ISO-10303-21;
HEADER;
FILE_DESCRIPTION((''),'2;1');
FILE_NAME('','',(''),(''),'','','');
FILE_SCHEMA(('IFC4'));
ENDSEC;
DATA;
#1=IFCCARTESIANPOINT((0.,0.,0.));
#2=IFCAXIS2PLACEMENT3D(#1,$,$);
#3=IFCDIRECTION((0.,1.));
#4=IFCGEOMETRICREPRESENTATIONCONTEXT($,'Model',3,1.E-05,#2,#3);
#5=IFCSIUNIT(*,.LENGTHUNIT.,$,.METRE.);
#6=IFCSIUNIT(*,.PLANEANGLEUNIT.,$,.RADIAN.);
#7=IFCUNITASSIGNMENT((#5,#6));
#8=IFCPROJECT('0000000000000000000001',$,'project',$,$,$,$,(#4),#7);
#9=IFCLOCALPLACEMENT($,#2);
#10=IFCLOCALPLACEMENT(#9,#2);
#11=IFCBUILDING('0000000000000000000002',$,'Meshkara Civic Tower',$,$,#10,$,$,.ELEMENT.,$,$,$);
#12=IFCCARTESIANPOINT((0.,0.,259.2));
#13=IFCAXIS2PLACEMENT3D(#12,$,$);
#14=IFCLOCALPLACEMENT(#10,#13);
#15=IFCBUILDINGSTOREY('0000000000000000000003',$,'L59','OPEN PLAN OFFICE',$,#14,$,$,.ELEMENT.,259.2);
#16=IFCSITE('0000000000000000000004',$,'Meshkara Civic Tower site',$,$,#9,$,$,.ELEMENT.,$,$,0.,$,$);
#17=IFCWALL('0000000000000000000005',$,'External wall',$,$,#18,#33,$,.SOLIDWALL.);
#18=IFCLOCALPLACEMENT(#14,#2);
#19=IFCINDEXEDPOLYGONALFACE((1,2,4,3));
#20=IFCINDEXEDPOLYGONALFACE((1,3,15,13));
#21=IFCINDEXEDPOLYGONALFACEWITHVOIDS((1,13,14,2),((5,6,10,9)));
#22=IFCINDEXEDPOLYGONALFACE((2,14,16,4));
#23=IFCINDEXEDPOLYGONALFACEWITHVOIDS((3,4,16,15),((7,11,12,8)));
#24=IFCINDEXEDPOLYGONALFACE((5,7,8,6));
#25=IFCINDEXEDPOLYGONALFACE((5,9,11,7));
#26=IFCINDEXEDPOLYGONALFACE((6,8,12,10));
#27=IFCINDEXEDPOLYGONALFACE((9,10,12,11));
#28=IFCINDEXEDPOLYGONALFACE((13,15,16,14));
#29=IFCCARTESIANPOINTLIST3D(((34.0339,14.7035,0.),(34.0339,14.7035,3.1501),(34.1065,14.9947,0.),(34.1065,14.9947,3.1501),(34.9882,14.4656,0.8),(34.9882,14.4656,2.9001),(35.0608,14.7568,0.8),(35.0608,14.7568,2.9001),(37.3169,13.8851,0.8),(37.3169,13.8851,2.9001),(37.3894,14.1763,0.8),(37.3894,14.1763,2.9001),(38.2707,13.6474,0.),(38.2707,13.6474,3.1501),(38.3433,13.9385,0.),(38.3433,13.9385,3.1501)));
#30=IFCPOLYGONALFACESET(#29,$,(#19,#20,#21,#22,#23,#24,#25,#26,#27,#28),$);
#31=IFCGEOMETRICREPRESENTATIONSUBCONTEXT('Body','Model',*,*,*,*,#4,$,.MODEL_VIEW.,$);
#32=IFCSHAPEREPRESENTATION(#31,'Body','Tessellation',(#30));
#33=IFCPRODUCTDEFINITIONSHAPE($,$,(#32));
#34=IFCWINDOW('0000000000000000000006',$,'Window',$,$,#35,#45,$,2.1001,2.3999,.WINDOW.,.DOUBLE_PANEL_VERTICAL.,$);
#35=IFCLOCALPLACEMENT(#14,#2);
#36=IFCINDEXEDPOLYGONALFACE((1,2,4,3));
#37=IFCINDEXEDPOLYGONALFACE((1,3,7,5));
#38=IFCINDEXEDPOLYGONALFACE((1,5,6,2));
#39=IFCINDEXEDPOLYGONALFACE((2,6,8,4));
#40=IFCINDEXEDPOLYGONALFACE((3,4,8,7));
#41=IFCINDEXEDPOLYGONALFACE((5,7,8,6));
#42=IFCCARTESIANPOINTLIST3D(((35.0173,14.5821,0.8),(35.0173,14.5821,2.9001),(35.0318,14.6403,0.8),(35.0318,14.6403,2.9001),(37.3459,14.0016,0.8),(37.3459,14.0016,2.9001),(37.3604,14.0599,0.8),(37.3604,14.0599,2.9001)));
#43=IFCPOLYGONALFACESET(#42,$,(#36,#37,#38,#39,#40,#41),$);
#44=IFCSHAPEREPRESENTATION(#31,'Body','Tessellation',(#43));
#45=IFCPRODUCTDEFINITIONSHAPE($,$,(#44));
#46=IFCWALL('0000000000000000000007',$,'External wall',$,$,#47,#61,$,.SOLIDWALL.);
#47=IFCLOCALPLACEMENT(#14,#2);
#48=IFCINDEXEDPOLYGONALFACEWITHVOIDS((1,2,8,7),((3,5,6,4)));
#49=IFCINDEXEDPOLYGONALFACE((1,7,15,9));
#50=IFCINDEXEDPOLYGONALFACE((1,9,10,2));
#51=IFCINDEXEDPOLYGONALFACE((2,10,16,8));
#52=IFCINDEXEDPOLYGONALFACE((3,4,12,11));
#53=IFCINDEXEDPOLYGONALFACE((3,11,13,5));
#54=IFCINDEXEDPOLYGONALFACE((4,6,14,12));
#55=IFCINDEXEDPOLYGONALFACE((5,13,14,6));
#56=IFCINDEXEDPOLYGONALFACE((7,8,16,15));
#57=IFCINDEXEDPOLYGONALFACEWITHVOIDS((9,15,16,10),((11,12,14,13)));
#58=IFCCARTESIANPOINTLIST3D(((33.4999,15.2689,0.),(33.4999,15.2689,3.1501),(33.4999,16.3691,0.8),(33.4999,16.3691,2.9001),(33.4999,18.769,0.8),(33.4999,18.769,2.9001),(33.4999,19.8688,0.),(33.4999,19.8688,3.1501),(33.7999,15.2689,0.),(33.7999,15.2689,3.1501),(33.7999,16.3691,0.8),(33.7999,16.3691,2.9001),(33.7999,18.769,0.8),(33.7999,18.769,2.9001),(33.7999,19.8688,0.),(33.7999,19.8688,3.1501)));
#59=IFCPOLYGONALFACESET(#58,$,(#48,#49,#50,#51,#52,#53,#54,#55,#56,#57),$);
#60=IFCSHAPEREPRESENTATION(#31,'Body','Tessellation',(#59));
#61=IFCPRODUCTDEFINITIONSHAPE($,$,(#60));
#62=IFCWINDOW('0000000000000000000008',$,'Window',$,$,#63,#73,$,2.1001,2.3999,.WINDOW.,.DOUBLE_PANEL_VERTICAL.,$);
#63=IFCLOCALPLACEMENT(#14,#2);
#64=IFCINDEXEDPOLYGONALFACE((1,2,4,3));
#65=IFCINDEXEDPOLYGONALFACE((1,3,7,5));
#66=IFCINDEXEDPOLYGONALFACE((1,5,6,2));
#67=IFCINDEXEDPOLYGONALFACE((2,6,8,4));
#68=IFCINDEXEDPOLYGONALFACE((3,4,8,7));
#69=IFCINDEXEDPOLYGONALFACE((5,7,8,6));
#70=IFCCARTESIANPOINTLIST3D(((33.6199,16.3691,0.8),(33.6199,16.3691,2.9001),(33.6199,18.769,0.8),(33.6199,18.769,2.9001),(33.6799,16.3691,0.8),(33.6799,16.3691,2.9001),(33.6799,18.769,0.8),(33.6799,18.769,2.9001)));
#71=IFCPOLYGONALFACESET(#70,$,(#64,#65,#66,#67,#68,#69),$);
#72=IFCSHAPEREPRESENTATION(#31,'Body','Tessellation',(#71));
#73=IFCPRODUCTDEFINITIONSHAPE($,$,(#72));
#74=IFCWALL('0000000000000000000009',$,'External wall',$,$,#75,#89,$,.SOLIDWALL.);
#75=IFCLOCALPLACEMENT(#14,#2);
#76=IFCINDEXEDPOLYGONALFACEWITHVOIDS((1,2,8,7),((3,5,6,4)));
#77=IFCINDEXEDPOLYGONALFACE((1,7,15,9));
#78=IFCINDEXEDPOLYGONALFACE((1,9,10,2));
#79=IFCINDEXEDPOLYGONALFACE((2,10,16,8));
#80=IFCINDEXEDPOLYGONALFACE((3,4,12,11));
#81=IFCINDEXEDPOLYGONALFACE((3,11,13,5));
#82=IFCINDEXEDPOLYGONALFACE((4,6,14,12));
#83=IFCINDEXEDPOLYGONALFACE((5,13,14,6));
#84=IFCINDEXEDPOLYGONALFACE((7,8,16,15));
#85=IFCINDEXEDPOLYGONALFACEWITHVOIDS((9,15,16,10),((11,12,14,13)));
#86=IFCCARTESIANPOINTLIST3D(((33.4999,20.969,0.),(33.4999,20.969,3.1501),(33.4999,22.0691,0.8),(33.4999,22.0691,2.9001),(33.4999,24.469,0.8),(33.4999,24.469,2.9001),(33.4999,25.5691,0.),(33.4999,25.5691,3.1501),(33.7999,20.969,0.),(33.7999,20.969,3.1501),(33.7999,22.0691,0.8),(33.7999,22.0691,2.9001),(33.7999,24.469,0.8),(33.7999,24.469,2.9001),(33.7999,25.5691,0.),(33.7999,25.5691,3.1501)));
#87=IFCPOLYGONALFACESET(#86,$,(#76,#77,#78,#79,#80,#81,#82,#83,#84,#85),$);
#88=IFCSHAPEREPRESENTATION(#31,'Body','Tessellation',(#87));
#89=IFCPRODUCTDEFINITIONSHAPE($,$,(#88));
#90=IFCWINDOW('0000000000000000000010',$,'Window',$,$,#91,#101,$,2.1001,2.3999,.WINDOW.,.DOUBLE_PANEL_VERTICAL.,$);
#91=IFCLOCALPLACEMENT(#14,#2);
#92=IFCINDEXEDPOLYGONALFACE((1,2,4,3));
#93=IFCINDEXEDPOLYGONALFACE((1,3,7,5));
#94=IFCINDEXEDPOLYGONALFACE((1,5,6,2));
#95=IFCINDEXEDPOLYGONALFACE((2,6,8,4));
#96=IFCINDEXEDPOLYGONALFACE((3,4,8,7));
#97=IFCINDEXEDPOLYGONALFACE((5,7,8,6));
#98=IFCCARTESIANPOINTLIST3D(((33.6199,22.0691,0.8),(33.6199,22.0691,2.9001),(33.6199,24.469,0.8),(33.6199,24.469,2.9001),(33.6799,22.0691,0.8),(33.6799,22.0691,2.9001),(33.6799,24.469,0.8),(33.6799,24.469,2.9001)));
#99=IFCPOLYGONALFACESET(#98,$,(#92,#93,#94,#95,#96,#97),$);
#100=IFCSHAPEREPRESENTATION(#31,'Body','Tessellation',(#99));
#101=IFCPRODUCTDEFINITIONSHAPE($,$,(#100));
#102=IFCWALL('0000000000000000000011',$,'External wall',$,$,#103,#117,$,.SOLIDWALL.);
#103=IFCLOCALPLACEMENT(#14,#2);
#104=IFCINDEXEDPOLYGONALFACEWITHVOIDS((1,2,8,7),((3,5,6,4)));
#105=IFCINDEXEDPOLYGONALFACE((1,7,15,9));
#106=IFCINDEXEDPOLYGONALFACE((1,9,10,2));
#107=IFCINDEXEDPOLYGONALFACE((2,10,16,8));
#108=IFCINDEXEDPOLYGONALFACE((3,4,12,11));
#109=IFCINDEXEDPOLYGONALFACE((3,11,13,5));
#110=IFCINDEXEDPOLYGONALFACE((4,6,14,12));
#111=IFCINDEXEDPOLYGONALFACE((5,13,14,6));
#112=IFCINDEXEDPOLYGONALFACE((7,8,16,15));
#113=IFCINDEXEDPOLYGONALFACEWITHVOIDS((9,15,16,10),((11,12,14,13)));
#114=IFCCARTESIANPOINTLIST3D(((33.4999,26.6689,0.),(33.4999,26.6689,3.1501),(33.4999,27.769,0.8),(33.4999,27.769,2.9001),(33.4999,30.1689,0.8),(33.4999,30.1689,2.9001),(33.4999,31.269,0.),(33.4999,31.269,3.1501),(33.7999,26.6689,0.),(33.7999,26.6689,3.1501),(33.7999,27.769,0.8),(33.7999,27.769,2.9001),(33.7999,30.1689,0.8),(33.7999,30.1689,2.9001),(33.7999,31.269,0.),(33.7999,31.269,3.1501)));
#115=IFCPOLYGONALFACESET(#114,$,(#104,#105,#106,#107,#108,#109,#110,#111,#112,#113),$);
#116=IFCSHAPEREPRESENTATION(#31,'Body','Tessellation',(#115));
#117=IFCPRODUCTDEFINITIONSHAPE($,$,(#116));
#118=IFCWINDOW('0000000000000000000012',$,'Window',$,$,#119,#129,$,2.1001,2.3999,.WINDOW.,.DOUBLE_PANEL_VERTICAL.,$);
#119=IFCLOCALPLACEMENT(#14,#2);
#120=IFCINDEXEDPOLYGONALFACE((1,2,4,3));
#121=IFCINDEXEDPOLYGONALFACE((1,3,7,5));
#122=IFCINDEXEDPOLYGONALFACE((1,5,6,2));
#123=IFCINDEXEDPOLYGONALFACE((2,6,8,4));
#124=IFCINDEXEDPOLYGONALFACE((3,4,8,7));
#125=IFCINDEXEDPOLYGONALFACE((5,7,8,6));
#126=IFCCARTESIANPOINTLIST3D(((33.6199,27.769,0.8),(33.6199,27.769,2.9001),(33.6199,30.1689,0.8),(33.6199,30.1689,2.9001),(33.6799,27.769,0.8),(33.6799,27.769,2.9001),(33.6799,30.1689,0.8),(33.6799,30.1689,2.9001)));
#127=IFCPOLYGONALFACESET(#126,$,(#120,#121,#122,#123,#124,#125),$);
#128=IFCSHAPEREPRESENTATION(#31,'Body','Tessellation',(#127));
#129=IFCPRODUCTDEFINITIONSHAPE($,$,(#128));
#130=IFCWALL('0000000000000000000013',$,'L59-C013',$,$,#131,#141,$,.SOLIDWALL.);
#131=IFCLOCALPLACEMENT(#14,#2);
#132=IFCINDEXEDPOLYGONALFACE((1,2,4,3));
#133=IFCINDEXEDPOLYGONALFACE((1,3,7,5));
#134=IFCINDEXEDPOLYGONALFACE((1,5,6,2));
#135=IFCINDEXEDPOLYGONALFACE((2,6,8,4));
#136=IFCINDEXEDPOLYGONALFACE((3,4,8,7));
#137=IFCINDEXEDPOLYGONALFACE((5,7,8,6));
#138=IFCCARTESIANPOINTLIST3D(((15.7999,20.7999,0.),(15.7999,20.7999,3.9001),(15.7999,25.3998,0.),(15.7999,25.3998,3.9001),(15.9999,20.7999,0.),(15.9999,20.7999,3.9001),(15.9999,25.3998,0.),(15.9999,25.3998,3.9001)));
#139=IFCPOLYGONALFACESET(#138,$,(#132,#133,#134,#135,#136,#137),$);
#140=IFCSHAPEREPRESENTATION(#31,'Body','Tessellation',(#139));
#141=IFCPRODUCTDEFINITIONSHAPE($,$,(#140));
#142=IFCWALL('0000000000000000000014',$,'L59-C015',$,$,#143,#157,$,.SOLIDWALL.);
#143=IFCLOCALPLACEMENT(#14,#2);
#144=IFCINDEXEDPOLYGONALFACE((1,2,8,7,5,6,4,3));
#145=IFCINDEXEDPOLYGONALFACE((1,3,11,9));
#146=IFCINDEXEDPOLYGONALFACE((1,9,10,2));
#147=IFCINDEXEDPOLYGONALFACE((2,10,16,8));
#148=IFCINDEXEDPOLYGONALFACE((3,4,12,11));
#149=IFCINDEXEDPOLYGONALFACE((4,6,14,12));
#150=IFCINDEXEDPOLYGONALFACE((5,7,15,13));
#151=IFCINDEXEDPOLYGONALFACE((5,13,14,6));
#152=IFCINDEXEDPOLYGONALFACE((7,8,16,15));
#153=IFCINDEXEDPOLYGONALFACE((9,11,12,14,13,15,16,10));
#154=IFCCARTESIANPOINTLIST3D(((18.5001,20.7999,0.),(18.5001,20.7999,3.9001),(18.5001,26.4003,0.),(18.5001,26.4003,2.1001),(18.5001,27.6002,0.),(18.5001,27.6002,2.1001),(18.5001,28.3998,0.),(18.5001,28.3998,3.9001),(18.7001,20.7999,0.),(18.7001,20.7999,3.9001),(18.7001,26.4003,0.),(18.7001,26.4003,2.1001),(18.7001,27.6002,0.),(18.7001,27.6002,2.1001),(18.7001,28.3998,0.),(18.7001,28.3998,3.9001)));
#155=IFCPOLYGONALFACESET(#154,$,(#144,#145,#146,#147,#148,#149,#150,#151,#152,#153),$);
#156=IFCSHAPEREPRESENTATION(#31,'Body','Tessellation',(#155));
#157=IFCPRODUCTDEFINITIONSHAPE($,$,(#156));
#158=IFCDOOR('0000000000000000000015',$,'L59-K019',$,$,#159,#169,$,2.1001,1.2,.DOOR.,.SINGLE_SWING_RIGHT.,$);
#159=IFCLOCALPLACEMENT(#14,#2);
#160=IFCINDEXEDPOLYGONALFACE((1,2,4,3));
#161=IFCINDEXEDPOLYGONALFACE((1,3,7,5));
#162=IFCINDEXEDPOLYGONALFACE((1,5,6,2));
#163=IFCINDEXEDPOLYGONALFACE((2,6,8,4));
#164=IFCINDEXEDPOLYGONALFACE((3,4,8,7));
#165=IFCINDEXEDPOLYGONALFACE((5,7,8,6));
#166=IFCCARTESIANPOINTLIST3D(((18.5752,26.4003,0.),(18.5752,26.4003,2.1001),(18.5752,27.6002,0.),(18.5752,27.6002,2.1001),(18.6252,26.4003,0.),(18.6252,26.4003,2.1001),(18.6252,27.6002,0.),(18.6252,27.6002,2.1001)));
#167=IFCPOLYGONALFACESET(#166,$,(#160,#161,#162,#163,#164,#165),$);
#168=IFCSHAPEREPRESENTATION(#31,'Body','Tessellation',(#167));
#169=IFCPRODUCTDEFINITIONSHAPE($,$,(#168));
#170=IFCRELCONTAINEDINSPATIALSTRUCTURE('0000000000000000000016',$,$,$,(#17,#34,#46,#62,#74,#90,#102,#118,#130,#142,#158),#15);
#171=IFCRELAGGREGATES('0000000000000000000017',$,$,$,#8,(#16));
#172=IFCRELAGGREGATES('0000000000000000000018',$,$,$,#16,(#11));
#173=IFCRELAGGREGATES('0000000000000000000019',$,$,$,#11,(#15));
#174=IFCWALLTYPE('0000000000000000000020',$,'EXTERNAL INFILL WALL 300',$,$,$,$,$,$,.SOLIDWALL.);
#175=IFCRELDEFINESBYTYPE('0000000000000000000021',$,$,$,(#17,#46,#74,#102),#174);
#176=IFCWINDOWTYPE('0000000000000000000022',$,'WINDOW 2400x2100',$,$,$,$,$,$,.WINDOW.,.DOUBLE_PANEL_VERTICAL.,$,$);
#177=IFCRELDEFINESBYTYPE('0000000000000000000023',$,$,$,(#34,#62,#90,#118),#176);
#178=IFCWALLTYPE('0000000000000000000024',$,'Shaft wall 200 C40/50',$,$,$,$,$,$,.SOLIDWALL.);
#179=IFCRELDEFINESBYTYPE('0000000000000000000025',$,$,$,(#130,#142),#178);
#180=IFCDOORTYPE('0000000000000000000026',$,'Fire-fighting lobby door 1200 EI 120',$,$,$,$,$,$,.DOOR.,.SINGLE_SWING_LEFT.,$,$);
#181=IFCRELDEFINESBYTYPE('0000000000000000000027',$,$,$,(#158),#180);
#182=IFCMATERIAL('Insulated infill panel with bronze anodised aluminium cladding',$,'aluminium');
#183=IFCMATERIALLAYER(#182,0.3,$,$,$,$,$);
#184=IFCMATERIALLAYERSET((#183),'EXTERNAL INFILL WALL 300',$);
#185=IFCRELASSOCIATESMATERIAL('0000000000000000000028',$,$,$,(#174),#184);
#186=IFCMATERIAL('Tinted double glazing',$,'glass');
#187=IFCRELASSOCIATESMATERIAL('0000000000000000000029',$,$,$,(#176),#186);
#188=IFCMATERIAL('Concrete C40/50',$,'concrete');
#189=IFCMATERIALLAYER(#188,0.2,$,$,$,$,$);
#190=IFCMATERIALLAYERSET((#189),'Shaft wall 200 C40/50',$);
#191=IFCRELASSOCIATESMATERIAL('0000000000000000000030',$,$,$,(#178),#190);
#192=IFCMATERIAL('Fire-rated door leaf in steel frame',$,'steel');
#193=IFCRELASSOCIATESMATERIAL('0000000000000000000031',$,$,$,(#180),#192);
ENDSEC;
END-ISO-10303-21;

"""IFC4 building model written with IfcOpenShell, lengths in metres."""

from ifc_helpers import new_model, si_unit, direction, frame, frame_2d, origin, place, context, subcontext, project, spatial, rectangle, extrude, material, layer, layer_set, type_object, element, fill, save


model = new_model("IFC4")

# Units and contexts
model_context = context("Model", 3, precision=1e-05, world=origin(), true_north=direction((0.0, 1.0)))
body_context = subcontext(model_context, "Body", "Model", "MODEL_VIEW")
ifc_project = project(units=[si_unit("LENGTHUNIT", "METRE"), si_unit("PLANEANGLEUNIT", "RADIAN")], contexts=[model_context])

# Site, building, storey
site_placement = place(None, origin())
site = spatial("IfcSite", under=ifc_project, at=site_placement, Name="Meshkara Civic Tower site", CompositionType="ELEMENT", RefElevation=0.0)
building_placement = place(site_placement, origin())
building = spatial("IfcBuilding", under=site, at=building_placement, Name="Meshkara Civic Tower", CompositionType="ELEMENT")
storey_placement = place(building_placement, frame((0.0, 0.0, 259.2)))
storey = spatial("IfcBuildingStorey", under=building, at=storey_placement, Name="L59", Description="OPEN PLAN OFFICE", CompositionType="ELEMENT", Elevation=259.2)

# Walls, openings, windows
ifc_material_1 = material(Name="Insulated infill panel with bronze anodised aluminium cladding", Category="aluminium")
ifc_layer_1 = layer(ifc_material_1, 0.3)
ifc_layer_set_1 = layer_set([ifc_layer_1], Name="EXTERNAL INFILL WALL 300")
wall_type_1 = type_object("IfcWallType", Name="EXTERNAL INFILL WALL 300", PredefinedType="SOLIDWALL", material=ifc_layer_set_1)
wall_1_placement = place(storey_placement, frame((38.3069, 13.793, 0.0), z_axis=(0.0, 0.0, 1.0), x_axis=(-0.970307, 0.241878, 0.0)))
wall_1 = element("IfcWall", 1, at=wall_1_placement, inside=storey, type_object=wall_type_1, Name="External wall", PredefinedType="SOLIDWALL", context=body_context, shape_type="SweptSolid", body=[
    extrude(rectangle(XDim=4.3665, YDim=0.3, at=frame_2d((2.1831, 0.0))), origin(), (0.0, 0.0, 1.0), 3.1501),
])
opening_1_placement = place(wall_1_placement, frame((0.9829, 0.0, 0.8)))
opening_1 = element("IfcOpeningElement", 2, at=opening_1_placement, cuts=wall_1, PredefinedType="OPENING", context=body_context, shape_type="SweptSolid", body=[
    extrude(rectangle(XDim=2.3999, YDim=2.1001, at=frame_2d((1.2, 1.05))), frame((0.0, 0.1599, 0.0), z_axis=(0.0, -1.0, 0.0), x_axis=(1.0, 0.0, 0.0)), (0.0, 0.0, 1.0), 0.3201),
])
ifc_material_2 = material(Name="Tinted double glazing", Category="glass")
window_type = type_object("IfcWindowType", Name="WINDOW 2400x2100", PartitioningType="DOUBLE_PANEL_VERTICAL", PredefinedType="WINDOW", material=ifc_material_2)
window_1_placement = place(opening_1_placement, origin())
window_1 = element("IfcWindow", 3, at=window_1_placement, inside=storey, type_object=window_type, Name="Window", OverallHeight=2.1001, OverallWidth=2.3999, PartitioningType="DOUBLE_PANEL_VERTICAL", PredefinedType="WINDOW", context=body_context, shape_type="SweptSolid", body=[
    extrude(rectangle(XDim=2.3999, YDim=2.1001, at=frame_2d((1.2, 1.05))), frame((0.0, 0.03, 0.0), z_axis=(0.0, -1.0, 0.0), x_axis=(1.0, 0.0, 0.0)), (0.0, 0.0, 1.0), 0.0601),
])
fill(opening_1, window_1)
wall_2_placement = place(storey_placement, frame((33.6499, 15.269, 0.0), z_axis=(0.0, 0.0, 1.0), x_axis=(0.0, 1.0, 0.0)))
wall_2 = element("IfcWall", 4, at=wall_2_placement, inside=storey, type_object=wall_type_1, Name="External wall", PredefinedType="SOLIDWALL", context=body_context, shape_type="SweptSolid", body=[
    extrude(rectangle(XDim=4.5999, YDim=0.3, at=frame_2d((2.2998, 0.0))), origin(), (0.0, 0.0, 1.0), 3.1501),
])
opening_2_placement = place(wall_2_placement, frame((1.1001, 0.0, 0.8)))
opening_2 = element("IfcOpeningElement", 5, at=opening_2_placement, cuts=wall_2, PredefinedType="OPENING", context=body_context, shape_type="SweptSolid", body=[
    extrude(rectangle(XDim=2.3999, YDim=2.1001, at=frame_2d((1.2, 1.05))), frame((0.0, 0.1599, 0.0), z_axis=(0.0, -1.0, 0.0), x_axis=(1.0, 0.0, 0.0)), (0.0, 0.0, 1.0), 0.3201),
])
window_2_placement = place(opening_2_placement, origin())
window_2 = element("IfcWindow", 6, at=window_2_placement, inside=storey, type_object=window_type, Name="Window", OverallHeight=2.1001, OverallWidth=2.3999, PartitioningType="DOUBLE_PANEL_VERTICAL", PredefinedType="WINDOW", context=body_context, shape_type="SweptSolid", body=[
    extrude(rectangle(XDim=2.3999, YDim=2.1001, at=frame_2d((1.2, 1.05))), frame((0.0, 0.03, 0.0), z_axis=(0.0, -1.0, 0.0), x_axis=(1.0, 0.0, 0.0)), (0.0, 0.0, 1.0), 0.0601),
])
fill(opening_2, window_2)
wall_3_placement = place(storey_placement, frame((33.6499, 20.969, 0.0), z_axis=(0.0, 0.0, 1.0), x_axis=(0.0, 1.0, 0.0)))
wall_3 = element("IfcWall", 7, at=wall_3_placement, inside=storey, type_object=wall_type_1, Name="External wall", PredefinedType="SOLIDWALL", context=body_context, shape_type="SweptSolid", body=[
    extrude(rectangle(XDim=4.6001, YDim=0.3, at=frame_2d((2.3, 0.0))), origin(), (0.0, 0.0, 1.0), 3.1501),
])
opening_3_placement = place(wall_3_placement, frame((1.1001, 0.0, 0.8)))
opening_3 = element("IfcOpeningElement", 8, at=opening_3_placement, cuts=wall_3, PredefinedType="OPENING", context=body_context, shape_type="SweptSolid", body=[
    extrude(rectangle(XDim=2.3999, YDim=2.1001, at=frame_2d((1.2, 1.05))), frame((0.0, 0.1599, 0.0), z_axis=(0.0, -1.0, 0.0), x_axis=(1.0, 0.0, 0.0)), (0.0, 0.0, 1.0), 0.3201),
])
window_3_placement = place(opening_3_placement, origin())
window_3 = element("IfcWindow", 9, at=window_3_placement, inside=storey, type_object=window_type, Name="Window", OverallHeight=2.1001, OverallWidth=2.3999, PartitioningType="DOUBLE_PANEL_VERTICAL", PredefinedType="WINDOW", context=body_context, shape_type="SweptSolid", body=[
    extrude(rectangle(XDim=2.3999, YDim=2.1001, at=frame_2d((1.2, 1.05))), frame((0.0, 0.03, 0.0), z_axis=(0.0, -1.0, 0.0), x_axis=(1.0, 0.0, 0.0)), (0.0, 0.0, 1.0), 0.0601),
])
fill(opening_3, window_3)
wall_4_placement = place(storey_placement, frame((33.6499, 26.6689, 0.0), z_axis=(0.0, 0.0, 1.0), x_axis=(0.0, 1.0, 0.0)))
wall_4 = element("IfcWall", 10, at=wall_4_placement, inside=storey, type_object=wall_type_1, Name="External wall", PredefinedType="SOLIDWALL", context=body_context, shape_type="SweptSolid", body=[
    extrude(rectangle(XDim=4.6001, YDim=0.3, at=frame_2d((2.3, 0.0))), origin(), (0.0, 0.0, 1.0), 3.1501),
])
opening_4_placement = place(wall_4_placement, frame((1.1001, 0.0, 0.8)))
opening_4 = element("IfcOpeningElement", 11, at=opening_4_placement, cuts=wall_4, PredefinedType="OPENING", context=body_context, shape_type="SweptSolid", body=[
    extrude(rectangle(XDim=2.3999, YDim=2.1001, at=frame_2d((1.2, 1.05))), frame((0.0, 0.1599, 0.0), z_axis=(0.0, -1.0, 0.0), x_axis=(1.0, 0.0, 0.0)), (0.0, 0.0, 1.0), 0.3201),
])
window_4_placement = place(opening_4_placement, origin())
window_4 = element("IfcWindow", 12, at=window_4_placement, inside=storey, type_object=window_type, Name="Window", OverallHeight=2.1001, OverallWidth=2.3999, PartitioningType="DOUBLE_PANEL_VERTICAL", PredefinedType="WINDOW", context=body_context, shape_type="SweptSolid", body=[
    extrude(rectangle(XDim=2.3999, YDim=2.1001, at=frame_2d((1.2, 1.05))), frame((0.0, 0.03, 0.0), z_axis=(0.0, -1.0, 0.0), x_axis=(1.0, 0.0, 0.0)), (0.0, 0.0, 1.0), 0.0601),
])
fill(opening_4, window_4)

# Wall
ifc_material_3 = material(Name="Concrete C40/50", Category="concrete")
ifc_layer_2 = layer(ifc_material_3, 0.2)
ifc_layer_set_2 = layer_set([ifc_layer_2], Name="Shaft wall 200 C40/50")
wall_type_2 = type_object("IfcWallType", Name="Shaft wall 200 C40/50", PredefinedType="SOLIDWALL", material=ifc_layer_set_2)
wall_5_placement = place(storey_placement, frame((15.8999, 20.8, 0.0), z_axis=(0.0, 0.0, 1.0), x_axis=(0.0, 1.0, 0.0)))
element("IfcWall", 13, at=wall_5_placement, inside=storey, type_object=wall_type_2, Name="L59-C013", PredefinedType="SOLIDWALL", context=body_context, shape_type="SweptSolid", body=[
    extrude(rectangle(XDim=4.5999, YDim=0.2, at=frame_2d((2.2998, 0.0))), origin(), (0.0, 0.0, 1.0), 3.9001),
])

# Wall, opening, door
wall_6_placement = place(storey_placement, frame((18.6001, 20.8, 0.0), z_axis=(0.0, 0.0, 1.0), x_axis=(0.0, 1.0, 0.0)))
wall_6 = element("IfcWall", 14, at=wall_6_placement, inside=storey, type_object=wall_type_2, Name="L59-C015", PredefinedType="SOLIDWALL", context=body_context, shape_type="SweptSolid", body=[
    extrude(rectangle(XDim=7.5999, YDim=0.2, at=frame_2d((3.7998, 0.0))), origin(), (0.0, 0.0, 1.0), 3.9001),
])
opening_5_placement = place(wall_6_placement, frame((5.6001, 0.0, 0.0)))
opening_5 = element("IfcOpeningElement", 15, at=opening_5_placement, cuts=wall_6, PredefinedType="OPENING", context=body_context, shape_type="SweptSolid", body=[
    extrude(rectangle(XDim=1.2, YDim=2.1001, at=frame_2d((0.6001, 1.05))), frame((0.0, 0.1099, 0.0), z_axis=(0.0, -1.0, 0.0), x_axis=(1.0, 0.0, 0.0)), (0.0, 0.0, 1.0), 0.22),
])
ifc_material_4 = material(Name="Fire-rated door leaf in steel frame", Category="steel")
door_type_1 = type_object("IfcDoorType", Name="Fire-fighting lobby door 1200 EI 120", OperationType="SINGLE_SWING_LEFT", PredefinedType="DOOR", material=ifc_material_4)
door_1_placement = place(opening_5_placement, origin())
door_1 = element("IfcDoor", 16, at=door_1_placement, inside=storey, type_object=door_type_1, Name="L59-K019", OperationType="SINGLE_SWING_RIGHT", OverallHeight=2.1001, OverallWidth=1.2, PredefinedType="DOOR", context=body_context, shape_type="SweptSolid", body=[
    extrude(rectangle(XDim=1.2, YDim=2.1001, at=frame_2d((0.6001, 1.05))), frame((0.0, 0.0249, 0.0), z_axis=(0.0, -1.0, 0.0), x_axis=(1.0, 0.0, 0.0)), (0.0, 0.0, 1.0), 0.05),
])
fill(opening_5, door_1)

save(model, "model.ifc")
